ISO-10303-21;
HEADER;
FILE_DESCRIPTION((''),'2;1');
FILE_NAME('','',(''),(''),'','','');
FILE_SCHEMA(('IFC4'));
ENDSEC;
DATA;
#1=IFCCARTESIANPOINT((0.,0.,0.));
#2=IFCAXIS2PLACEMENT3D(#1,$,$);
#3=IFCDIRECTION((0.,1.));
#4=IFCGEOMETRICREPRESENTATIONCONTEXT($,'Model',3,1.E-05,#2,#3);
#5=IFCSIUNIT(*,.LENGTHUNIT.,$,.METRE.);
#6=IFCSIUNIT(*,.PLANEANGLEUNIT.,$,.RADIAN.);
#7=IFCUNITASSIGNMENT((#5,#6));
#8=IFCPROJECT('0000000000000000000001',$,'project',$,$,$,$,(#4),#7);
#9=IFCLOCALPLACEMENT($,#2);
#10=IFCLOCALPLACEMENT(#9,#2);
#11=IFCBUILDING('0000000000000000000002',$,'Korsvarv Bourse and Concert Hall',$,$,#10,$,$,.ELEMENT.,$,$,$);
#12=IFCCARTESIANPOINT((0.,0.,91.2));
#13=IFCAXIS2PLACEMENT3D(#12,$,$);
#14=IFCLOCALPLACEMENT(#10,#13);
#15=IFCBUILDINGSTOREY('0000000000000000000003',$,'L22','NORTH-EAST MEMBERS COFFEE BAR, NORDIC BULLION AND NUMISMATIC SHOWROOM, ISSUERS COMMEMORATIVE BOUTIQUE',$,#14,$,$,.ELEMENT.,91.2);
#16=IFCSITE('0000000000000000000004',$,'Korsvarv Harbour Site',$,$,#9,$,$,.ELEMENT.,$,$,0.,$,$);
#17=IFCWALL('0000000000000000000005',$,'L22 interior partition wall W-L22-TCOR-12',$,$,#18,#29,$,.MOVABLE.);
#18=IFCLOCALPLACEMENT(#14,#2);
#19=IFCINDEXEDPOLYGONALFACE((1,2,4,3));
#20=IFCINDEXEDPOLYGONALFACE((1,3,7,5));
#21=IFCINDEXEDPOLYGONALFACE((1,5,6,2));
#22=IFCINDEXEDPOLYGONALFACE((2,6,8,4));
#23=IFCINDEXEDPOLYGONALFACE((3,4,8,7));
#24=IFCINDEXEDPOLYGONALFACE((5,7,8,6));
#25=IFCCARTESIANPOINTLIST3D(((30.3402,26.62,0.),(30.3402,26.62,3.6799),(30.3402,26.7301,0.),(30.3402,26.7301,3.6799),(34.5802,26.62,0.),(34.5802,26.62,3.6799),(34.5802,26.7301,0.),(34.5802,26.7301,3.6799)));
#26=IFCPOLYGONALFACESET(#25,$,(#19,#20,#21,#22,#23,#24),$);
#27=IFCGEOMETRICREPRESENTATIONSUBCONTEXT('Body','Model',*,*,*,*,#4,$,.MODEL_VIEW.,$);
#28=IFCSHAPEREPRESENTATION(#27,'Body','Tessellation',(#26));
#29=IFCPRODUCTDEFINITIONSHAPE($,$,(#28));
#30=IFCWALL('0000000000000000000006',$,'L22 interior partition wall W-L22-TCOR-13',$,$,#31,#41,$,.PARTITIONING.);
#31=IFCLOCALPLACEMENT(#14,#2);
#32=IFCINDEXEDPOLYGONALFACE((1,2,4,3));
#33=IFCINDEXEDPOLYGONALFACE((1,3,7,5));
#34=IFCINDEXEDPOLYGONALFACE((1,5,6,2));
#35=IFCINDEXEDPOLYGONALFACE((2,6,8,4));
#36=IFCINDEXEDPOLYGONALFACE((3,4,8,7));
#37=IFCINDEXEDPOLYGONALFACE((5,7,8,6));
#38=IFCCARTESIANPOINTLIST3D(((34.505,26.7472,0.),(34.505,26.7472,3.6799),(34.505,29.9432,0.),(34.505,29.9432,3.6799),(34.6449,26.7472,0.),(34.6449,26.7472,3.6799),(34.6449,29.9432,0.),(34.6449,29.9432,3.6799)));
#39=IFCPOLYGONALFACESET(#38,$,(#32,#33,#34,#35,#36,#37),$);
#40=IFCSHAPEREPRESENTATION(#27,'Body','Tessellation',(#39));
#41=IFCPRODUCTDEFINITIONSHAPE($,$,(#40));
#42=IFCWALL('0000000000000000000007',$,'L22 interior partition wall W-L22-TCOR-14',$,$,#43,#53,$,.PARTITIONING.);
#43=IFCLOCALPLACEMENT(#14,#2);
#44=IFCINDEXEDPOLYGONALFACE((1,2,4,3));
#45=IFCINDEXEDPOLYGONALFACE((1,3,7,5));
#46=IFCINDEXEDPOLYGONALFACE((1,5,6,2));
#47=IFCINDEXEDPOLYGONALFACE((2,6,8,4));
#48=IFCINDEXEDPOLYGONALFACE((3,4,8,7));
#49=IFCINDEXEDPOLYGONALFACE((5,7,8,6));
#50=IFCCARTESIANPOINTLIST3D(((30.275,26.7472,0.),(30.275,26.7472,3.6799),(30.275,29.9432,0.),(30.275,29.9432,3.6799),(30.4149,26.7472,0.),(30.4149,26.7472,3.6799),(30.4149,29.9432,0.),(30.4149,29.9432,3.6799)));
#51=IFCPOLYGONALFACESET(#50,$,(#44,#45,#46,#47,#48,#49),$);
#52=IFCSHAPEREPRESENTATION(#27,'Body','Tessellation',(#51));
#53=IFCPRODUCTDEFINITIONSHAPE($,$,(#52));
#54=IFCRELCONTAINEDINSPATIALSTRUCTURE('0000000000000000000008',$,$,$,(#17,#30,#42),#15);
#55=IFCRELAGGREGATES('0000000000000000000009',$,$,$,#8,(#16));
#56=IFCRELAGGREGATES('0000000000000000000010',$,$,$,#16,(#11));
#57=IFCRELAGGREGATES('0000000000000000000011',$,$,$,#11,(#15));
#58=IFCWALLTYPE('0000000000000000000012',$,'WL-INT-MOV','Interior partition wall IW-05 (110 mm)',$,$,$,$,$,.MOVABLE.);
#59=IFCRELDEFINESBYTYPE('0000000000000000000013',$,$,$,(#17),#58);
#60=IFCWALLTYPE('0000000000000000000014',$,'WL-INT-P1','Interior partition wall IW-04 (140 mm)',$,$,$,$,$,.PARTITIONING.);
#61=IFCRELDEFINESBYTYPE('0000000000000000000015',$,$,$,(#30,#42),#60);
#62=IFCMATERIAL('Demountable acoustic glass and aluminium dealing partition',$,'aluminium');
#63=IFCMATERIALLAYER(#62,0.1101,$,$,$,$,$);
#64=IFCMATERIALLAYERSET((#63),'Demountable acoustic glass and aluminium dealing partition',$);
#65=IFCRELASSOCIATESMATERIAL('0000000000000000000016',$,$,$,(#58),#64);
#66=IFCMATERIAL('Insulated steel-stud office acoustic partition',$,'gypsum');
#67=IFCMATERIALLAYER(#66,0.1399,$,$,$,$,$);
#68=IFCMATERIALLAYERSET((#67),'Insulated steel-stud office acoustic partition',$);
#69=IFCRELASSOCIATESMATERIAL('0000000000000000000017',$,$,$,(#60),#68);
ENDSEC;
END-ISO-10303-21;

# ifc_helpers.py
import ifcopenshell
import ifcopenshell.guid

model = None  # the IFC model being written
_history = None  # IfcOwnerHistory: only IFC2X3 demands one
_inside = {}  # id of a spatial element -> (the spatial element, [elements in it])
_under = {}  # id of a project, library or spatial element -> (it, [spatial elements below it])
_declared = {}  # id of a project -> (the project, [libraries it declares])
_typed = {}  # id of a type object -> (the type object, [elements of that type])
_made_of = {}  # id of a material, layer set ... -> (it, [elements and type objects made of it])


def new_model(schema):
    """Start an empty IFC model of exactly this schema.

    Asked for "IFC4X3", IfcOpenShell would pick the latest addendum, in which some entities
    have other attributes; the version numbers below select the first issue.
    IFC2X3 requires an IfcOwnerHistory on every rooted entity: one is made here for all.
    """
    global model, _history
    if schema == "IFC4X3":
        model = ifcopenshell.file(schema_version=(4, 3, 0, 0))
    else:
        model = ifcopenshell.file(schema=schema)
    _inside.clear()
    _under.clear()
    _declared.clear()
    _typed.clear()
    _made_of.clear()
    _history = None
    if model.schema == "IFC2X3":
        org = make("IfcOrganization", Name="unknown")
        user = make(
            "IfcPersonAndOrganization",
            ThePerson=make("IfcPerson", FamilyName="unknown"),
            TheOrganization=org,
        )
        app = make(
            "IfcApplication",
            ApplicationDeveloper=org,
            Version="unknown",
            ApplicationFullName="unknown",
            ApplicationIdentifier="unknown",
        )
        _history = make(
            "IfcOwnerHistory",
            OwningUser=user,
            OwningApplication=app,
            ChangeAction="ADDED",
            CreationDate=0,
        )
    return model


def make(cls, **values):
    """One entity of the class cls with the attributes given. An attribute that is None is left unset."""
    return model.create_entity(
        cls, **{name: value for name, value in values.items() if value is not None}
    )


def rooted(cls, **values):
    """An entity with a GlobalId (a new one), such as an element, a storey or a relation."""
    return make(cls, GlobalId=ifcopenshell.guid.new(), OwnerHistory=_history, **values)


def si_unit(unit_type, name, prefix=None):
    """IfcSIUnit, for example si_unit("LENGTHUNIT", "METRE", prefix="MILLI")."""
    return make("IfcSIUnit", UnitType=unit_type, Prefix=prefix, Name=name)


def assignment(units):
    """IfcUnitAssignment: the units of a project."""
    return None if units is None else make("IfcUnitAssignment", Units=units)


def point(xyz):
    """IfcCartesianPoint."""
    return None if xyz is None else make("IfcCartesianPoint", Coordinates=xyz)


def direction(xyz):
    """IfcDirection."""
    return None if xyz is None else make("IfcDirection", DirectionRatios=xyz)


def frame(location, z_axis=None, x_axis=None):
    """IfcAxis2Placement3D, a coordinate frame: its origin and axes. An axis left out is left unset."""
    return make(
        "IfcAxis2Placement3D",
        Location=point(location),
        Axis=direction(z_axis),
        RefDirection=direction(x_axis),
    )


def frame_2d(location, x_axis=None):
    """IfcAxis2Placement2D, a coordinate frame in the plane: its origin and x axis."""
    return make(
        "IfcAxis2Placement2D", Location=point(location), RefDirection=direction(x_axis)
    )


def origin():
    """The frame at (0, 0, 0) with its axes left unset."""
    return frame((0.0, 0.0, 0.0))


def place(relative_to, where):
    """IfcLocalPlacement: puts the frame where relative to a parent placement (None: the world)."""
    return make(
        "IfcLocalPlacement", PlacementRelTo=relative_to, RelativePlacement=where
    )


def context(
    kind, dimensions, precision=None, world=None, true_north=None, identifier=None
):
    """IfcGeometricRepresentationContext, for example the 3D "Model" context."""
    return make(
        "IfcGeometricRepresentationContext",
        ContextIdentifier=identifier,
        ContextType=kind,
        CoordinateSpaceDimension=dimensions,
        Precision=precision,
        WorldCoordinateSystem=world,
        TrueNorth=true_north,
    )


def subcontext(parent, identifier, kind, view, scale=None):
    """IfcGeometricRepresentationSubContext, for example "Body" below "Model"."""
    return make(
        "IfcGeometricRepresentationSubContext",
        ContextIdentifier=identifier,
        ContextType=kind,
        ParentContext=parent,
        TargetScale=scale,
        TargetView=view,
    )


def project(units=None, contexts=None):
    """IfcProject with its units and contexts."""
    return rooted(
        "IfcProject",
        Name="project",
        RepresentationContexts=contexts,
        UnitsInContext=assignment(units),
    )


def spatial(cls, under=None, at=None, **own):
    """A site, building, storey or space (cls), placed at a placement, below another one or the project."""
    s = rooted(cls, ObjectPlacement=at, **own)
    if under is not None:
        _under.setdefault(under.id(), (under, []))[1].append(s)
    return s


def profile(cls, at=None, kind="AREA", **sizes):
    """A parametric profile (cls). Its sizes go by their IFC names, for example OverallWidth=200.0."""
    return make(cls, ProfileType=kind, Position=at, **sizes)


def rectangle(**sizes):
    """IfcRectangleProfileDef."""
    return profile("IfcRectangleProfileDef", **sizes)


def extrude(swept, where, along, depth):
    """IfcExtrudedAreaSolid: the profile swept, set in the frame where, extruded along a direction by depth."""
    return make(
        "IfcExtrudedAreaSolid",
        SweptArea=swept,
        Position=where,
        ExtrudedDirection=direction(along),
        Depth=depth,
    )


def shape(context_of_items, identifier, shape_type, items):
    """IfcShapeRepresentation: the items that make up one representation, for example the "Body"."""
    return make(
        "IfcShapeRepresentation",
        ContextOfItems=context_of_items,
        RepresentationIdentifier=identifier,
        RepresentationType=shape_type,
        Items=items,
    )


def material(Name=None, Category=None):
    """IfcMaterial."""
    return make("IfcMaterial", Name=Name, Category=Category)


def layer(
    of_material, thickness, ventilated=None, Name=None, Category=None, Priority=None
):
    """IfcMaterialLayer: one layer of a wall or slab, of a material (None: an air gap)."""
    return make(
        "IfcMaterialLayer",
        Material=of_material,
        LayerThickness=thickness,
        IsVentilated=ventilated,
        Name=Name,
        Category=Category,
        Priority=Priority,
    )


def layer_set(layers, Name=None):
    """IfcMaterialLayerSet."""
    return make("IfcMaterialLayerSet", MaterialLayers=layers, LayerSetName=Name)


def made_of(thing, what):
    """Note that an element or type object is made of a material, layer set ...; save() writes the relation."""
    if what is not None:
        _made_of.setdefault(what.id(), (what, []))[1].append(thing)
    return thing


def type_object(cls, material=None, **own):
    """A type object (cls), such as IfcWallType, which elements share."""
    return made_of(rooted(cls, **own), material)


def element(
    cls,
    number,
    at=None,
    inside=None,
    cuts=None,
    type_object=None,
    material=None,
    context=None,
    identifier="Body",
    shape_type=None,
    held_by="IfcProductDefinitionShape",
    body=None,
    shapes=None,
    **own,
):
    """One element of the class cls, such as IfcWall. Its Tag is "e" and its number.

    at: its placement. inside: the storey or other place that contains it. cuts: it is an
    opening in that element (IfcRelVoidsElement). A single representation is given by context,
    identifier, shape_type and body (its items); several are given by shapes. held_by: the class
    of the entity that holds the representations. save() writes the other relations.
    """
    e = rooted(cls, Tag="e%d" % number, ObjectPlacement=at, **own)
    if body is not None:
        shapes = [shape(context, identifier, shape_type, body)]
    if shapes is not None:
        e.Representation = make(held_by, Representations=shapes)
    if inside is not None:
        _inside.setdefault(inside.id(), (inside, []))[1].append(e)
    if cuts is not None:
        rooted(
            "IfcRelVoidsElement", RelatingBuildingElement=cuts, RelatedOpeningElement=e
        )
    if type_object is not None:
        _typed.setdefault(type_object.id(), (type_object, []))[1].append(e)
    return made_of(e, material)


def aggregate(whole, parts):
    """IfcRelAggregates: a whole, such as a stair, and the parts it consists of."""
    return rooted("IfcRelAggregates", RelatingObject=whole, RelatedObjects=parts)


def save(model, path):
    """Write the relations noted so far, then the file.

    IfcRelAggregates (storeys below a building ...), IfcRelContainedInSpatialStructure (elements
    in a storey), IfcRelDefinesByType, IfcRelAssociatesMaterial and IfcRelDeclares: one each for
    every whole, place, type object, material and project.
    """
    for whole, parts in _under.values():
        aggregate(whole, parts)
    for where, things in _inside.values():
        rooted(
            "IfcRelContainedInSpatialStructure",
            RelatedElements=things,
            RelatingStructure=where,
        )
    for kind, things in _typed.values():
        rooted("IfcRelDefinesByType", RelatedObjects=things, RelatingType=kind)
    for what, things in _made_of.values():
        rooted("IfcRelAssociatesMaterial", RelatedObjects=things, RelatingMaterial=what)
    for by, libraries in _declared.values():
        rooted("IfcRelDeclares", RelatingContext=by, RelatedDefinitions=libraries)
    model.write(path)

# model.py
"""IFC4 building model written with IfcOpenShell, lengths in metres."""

from ifc_helpers import new_model, si_unit, direction, frame, frame_2d, origin, place, context, subcontext, project, spatial, rectangle, extrude, material, layer, layer_set, type_object, element, save


model = new_model("IFC4")

# Units and contexts
model_context = context("Model", 3, precision=1e-05, world=origin(), true_north=direction((0.0, 1.0)))
body_context = subcontext(model_context, "Body", "Model", "MODEL_VIEW")
ifc_project = project(units=[si_unit("LENGTHUNIT", "METRE"), si_unit("PLANEANGLEUNIT", "RADIAN")], contexts=[model_context])

# Site, building, storey
site_placement = place(None, origin())
site = spatial("IfcSite", under=ifc_project, at=site_placement, Name="Korsvarv Harbour Site", CompositionType="ELEMENT", RefElevation=0.0)
building_placement = place(site_placement, origin())
building = spatial("IfcBuilding", under=site, at=building_placement, Name="Korsvarv Bourse and Concert Hall", CompositionType="ELEMENT")
storey_placement = place(building_placement, frame((0.0, 0.0, 91.2)))
storey = spatial("IfcBuildingStorey", under=building, at=storey_placement, Name="L22", Description="NORTH-EAST MEMBERS COFFEE BAR, NORDIC BULLION AND NUMISMATIC SHOWROOM, ISSUERS COMMEMORATIVE BOUTIQUE", CompositionType="ELEMENT", Elevation=91.2)

# Walls
ifc_material_1 = material(Name="Demountable acoustic glass and aluminium dealing partition", Category="aluminium")
ifc_layer_1 = layer(ifc_material_1, 0.1101)
ifc_layer_set_1 = layer_set([ifc_layer_1], Name="Demountable acoustic glass and aluminium dealing partition")
wall_type_1 = type_object("IfcWallType", Name="WL-INT-MOV", Description="Interior partition wall IW-05 (110 mm)", PredefinedType="MOVABLE", material=ifc_layer_set_1)
wall_1_placement = place(storey_placement, frame((30.3401, 26.675, 0.0), z_axis=(0.0, 0.0, 1.0), x_axis=(1.0, 0.0, 0.0)))
element("IfcWall", 1, at=wall_1_placement, inside=storey, type_object=wall_type_1, Name="L22 interior partition wall W-L22-TCOR-12", PredefinedType="MOVABLE", context=body_context, shape_type="SweptSolid", body=[
    extrude(rectangle(XDim=4.24, YDim=0.1101, at=frame_2d((2.1201, 0.0))), origin(), (0.0, 0.0, 1.0), 3.6799),
])
ifc_material_2 = material(Name="Insulated steel-stud office acoustic partition", Category="gypsum")
ifc_layer_2 = layer(ifc_material_2, 0.1399)
ifc_layer_set_2 = layer_set([ifc_layer_2], Name="Insulated steel-stud office acoustic partition")
wall_type_2 = type_object("IfcWallType", Name="WL-INT-P1", Description="Interior partition wall IW-04 (140 mm)", PredefinedType="PARTITIONING", material=ifc_layer_set_2)
for number, where, z_axis, x_axis, name in (
    (2, (34.575, 26.7471, 0.0), (0.0, 0.0, 1.0), (0.0, 1.0, 0.0), "L22 interior partition wall W-L22-TCOR-13"),
    (3, (30.345, 26.7471, 0.0), (0.0, 0.0, 1.0), (0.0, 1.0, 0.0), "L22 interior partition wall W-L22-TCOR-14"),
):
    element("IfcWall", number, at=place(storey_placement, frame(where, z_axis=z_axis, x_axis=x_axis)), inside=storey, type_object=wall_type_2, Name=name, PredefinedType="PARTITIONING", context=body_context, shape_type="SweptSolid", body=[
        extrude(rectangle(XDim=3.196, YDim=0.1399, at=frame_2d((1.5981, 0.0))), origin(), (0.0, 0.0, 1.0), 3.6799),
    ])

save(model, "model.ifc")
